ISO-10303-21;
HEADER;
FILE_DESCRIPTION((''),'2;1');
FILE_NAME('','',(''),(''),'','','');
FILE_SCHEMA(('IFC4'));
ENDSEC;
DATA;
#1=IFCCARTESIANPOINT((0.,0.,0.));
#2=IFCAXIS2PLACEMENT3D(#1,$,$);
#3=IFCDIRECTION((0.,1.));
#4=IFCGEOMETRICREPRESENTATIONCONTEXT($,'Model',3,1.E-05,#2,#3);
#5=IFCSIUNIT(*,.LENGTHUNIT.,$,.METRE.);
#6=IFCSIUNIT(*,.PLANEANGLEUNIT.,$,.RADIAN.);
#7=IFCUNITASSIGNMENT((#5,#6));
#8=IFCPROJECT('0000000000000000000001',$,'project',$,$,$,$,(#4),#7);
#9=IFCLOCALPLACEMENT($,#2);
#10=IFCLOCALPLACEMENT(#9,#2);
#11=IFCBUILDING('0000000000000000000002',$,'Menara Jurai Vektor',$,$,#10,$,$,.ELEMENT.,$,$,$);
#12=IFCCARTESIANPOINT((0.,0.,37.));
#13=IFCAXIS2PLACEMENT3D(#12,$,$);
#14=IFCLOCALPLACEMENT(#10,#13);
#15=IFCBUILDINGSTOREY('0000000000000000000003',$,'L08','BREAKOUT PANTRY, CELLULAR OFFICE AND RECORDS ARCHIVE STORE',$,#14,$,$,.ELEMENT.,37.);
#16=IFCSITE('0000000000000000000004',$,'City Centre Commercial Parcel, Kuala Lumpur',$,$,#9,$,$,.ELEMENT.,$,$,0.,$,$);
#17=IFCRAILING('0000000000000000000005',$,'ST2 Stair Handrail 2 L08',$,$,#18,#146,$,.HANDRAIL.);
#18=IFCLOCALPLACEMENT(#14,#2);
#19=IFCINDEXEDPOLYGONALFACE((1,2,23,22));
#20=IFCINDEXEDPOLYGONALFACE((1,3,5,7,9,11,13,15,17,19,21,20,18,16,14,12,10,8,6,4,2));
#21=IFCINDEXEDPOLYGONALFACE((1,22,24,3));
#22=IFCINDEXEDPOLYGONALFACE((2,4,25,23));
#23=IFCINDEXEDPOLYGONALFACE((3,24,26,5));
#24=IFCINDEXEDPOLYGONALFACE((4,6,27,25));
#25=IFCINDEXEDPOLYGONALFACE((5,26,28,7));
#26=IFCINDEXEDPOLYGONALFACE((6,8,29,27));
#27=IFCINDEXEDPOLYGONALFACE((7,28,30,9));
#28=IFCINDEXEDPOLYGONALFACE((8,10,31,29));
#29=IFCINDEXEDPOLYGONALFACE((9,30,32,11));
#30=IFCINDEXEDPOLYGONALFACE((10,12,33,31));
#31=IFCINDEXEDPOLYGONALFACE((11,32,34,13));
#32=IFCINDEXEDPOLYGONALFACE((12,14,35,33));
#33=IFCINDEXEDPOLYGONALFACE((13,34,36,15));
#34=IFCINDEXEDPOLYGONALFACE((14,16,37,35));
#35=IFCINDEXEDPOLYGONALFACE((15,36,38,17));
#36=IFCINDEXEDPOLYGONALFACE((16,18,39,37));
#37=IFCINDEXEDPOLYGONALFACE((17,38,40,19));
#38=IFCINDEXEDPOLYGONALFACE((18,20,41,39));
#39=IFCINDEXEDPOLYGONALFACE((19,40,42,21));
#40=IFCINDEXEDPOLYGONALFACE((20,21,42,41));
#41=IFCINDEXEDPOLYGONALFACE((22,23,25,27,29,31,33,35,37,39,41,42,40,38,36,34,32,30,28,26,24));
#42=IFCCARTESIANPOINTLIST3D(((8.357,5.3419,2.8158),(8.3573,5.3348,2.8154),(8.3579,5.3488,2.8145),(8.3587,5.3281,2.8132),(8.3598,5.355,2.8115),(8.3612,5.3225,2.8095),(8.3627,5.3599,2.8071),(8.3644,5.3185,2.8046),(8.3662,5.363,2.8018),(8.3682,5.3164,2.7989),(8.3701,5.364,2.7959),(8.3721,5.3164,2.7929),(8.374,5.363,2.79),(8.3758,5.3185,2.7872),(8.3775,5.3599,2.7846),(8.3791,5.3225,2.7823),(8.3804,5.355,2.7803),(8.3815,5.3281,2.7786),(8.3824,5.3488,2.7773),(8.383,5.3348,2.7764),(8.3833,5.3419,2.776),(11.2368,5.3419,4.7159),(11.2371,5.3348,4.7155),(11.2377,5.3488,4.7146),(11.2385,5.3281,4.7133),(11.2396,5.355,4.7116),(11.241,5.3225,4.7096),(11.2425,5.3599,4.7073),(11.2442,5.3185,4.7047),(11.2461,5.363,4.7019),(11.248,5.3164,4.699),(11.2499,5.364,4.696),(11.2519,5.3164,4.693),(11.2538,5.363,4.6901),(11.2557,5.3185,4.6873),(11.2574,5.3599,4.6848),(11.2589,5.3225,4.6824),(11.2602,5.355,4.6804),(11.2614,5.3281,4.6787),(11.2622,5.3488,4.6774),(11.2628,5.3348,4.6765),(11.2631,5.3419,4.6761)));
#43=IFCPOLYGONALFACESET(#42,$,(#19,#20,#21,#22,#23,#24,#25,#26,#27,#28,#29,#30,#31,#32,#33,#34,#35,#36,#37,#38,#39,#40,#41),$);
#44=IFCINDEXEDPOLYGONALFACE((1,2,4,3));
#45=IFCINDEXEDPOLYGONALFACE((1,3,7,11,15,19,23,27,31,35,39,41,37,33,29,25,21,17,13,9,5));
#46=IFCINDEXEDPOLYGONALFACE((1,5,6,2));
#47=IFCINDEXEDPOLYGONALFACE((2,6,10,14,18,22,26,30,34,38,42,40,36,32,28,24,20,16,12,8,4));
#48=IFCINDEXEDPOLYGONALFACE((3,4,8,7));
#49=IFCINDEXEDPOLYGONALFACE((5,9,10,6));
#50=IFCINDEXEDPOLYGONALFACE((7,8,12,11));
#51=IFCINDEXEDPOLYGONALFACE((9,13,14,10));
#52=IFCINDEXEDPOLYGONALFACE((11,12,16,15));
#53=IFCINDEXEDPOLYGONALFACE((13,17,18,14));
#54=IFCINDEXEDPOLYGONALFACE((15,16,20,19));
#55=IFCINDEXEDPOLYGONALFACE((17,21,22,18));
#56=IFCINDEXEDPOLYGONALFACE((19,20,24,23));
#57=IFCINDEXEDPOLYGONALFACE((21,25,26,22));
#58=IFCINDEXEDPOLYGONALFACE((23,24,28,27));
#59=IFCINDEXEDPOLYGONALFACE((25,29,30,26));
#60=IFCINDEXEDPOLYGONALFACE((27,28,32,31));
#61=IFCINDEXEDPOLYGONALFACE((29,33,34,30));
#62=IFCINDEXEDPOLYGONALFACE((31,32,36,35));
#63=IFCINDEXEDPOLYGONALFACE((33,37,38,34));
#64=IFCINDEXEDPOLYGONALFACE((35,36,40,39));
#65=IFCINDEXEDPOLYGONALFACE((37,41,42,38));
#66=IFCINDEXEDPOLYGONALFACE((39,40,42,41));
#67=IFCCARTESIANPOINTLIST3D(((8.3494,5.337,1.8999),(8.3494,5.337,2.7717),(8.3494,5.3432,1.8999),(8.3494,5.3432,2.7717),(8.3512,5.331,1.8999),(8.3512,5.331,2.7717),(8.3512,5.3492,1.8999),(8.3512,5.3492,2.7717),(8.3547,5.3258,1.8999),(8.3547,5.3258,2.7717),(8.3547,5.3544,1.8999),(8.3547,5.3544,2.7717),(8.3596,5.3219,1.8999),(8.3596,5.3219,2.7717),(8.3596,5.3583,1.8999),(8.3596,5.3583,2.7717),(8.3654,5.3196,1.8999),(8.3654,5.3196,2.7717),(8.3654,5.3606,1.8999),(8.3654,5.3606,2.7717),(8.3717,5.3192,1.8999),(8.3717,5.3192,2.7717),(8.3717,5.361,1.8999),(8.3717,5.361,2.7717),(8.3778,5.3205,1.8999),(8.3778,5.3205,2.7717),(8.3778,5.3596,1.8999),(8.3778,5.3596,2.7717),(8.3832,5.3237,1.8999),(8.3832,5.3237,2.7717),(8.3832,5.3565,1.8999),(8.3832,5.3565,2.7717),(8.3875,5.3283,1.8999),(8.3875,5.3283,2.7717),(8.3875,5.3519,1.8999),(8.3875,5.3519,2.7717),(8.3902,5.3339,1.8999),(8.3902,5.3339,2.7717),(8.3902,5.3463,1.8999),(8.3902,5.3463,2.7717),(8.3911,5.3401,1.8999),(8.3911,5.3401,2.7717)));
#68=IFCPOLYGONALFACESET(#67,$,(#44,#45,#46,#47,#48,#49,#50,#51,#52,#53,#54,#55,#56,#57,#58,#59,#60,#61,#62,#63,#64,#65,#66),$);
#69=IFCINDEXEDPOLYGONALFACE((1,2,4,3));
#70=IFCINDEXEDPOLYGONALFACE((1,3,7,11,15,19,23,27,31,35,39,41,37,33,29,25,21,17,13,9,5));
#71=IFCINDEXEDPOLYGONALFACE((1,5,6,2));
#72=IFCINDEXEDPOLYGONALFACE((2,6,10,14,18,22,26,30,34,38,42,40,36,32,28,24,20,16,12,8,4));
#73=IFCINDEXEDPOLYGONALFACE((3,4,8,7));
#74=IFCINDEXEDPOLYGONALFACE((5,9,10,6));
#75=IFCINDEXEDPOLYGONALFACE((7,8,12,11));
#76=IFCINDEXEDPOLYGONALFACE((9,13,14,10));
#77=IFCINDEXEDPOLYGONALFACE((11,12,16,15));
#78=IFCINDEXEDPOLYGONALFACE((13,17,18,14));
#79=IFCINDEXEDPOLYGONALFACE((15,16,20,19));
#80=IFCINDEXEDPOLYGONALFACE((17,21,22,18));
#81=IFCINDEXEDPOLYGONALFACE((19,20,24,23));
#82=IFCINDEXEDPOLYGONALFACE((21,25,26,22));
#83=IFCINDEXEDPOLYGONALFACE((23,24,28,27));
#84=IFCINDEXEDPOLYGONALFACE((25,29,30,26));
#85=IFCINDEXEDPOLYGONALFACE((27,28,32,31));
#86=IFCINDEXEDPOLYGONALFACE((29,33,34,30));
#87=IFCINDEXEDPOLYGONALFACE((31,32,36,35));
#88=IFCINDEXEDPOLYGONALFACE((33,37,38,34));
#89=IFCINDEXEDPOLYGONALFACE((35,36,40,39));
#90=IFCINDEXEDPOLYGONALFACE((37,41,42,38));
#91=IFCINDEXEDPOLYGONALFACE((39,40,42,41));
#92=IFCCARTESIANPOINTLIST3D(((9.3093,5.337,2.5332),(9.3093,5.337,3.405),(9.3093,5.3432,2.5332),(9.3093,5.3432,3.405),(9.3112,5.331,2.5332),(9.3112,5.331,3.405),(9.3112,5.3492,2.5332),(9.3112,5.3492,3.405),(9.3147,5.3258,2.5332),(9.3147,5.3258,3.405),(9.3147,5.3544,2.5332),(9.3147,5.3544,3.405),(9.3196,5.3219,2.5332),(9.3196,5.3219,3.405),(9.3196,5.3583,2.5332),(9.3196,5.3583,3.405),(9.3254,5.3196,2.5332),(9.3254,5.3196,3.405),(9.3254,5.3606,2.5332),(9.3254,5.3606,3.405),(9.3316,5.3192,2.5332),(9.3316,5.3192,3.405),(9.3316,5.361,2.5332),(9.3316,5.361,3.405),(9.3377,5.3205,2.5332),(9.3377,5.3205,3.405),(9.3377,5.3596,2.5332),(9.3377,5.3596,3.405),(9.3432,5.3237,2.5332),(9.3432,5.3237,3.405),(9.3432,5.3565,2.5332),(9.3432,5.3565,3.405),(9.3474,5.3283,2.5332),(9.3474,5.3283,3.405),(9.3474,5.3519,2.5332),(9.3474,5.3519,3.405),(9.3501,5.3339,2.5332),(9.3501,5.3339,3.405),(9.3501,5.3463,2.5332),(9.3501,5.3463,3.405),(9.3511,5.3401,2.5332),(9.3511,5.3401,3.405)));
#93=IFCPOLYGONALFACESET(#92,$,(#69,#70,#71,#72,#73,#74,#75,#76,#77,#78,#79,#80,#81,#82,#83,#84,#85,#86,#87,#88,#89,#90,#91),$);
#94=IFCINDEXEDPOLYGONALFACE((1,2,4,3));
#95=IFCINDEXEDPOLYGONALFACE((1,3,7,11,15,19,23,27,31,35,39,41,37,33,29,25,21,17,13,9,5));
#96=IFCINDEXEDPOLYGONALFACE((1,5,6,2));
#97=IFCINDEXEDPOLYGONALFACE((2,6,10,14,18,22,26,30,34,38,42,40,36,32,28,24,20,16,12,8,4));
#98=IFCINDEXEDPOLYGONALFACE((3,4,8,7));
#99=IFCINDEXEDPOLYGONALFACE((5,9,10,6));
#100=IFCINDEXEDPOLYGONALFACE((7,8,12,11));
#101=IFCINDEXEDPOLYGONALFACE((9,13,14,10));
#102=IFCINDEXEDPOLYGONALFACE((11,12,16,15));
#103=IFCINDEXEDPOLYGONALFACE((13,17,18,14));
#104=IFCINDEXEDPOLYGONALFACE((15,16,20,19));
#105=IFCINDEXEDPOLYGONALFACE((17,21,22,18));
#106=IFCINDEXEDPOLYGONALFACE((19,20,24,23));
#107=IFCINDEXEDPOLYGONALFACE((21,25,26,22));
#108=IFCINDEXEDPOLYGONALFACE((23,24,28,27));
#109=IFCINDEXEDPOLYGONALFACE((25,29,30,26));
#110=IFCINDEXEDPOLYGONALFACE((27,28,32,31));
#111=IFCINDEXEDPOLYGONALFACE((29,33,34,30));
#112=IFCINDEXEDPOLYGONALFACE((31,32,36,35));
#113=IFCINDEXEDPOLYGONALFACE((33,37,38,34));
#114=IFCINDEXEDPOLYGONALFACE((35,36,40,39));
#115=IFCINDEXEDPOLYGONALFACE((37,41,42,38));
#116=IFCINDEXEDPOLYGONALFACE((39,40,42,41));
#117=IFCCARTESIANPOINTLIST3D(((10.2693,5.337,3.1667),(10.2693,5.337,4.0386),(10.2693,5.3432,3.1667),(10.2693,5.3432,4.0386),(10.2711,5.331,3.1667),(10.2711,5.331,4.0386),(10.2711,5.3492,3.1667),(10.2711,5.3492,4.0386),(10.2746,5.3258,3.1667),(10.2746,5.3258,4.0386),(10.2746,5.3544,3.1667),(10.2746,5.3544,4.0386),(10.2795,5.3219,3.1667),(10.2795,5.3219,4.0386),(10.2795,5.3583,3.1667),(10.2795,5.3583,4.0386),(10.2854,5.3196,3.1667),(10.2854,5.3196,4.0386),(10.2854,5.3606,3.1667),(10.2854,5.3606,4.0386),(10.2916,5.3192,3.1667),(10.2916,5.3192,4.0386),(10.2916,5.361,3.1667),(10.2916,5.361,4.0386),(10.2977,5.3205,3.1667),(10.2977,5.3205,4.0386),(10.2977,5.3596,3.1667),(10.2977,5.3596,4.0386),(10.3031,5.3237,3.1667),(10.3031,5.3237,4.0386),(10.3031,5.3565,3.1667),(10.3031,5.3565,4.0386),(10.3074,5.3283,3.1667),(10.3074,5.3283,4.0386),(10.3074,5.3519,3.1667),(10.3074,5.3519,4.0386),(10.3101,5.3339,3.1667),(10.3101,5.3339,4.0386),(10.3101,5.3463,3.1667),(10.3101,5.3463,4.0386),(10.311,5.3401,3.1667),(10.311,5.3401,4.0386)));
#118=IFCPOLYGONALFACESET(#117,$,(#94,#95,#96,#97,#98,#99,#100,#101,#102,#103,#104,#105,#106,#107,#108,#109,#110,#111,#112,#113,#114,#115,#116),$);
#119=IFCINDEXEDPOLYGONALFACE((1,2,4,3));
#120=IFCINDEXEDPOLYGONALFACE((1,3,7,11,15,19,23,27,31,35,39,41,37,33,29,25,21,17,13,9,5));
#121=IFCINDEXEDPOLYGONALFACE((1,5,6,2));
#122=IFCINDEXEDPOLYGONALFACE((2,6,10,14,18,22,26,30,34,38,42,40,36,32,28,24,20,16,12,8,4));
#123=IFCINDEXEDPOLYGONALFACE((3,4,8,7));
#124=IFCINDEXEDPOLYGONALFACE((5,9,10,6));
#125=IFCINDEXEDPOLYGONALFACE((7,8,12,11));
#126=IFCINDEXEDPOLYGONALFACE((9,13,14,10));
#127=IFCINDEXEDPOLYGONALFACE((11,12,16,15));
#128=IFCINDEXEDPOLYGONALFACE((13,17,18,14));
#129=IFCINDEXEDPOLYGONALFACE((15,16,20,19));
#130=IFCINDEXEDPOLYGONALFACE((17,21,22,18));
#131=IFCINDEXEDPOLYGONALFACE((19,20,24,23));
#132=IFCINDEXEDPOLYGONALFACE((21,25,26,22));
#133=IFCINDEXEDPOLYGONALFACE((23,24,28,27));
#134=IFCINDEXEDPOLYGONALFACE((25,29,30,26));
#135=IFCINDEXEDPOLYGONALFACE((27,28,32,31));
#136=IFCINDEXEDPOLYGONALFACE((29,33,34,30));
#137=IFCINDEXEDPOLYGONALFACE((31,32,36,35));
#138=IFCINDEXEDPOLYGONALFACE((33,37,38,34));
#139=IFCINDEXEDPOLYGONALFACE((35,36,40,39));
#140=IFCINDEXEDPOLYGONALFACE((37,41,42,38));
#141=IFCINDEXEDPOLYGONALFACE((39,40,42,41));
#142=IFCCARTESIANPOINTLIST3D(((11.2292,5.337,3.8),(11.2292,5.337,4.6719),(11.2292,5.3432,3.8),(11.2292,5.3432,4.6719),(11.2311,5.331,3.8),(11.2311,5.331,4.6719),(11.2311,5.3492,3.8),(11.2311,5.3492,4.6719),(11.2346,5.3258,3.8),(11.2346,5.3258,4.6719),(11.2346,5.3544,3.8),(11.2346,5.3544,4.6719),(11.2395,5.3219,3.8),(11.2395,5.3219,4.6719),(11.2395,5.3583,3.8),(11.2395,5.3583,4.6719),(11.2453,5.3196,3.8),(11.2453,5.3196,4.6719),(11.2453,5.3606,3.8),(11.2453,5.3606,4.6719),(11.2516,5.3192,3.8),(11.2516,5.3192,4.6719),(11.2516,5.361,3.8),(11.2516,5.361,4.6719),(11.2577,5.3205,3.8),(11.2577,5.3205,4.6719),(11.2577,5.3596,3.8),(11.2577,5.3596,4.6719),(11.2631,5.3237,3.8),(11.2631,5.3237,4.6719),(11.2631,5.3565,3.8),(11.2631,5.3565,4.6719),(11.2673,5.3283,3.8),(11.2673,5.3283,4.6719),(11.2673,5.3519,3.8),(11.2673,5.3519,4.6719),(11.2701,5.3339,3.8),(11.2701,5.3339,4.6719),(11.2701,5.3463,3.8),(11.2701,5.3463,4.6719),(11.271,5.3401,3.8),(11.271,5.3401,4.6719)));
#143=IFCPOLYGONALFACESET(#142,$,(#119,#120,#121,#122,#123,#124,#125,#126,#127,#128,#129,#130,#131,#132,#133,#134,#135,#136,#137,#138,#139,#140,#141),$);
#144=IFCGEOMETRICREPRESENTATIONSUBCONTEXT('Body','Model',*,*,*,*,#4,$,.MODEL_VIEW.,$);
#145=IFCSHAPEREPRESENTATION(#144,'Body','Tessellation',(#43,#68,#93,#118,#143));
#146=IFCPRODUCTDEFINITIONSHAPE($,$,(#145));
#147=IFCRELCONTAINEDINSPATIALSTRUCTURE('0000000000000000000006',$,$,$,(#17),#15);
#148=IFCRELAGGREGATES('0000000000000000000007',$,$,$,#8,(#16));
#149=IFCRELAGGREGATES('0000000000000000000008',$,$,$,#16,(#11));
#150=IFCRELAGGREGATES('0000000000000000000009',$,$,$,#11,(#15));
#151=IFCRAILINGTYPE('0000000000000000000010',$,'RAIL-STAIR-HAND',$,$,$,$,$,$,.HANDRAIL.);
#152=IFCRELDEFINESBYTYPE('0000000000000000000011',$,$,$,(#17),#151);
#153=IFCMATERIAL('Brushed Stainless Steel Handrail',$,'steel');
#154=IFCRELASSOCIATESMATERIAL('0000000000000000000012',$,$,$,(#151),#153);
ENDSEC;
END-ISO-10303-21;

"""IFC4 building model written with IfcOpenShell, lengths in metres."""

from ifc_helpers import new_model, si_unit, direction, frame, origin, origin_2d, place, context, subcontext, project, spatial, circle, extrude, material, type_object, element, save


model = new_model("IFC4")

# Units and contexts
model_context = context("Model", 3, precision=1e-05, world=origin(), true_north=direction((0.0, 1.0)))
body_context = subcontext(model_context, "Body", "Model", "MODEL_VIEW")
ifc_project = project(units=[si_unit("LENGTHUNIT", "METRE"), si_unit("PLANEANGLEUNIT", "RADIAN")], contexts=[model_context])

# Site, building, storey
site_placement = place(None, origin())
site = spatial("IfcSite", under=ifc_project, at=site_placement, Name="City Centre Commercial Parcel, Kuala Lumpur", CompositionType="ELEMENT", RefElevation=0.0)
building_placement = place(site_placement, origin())
building = spatial("IfcBuilding", under=site, at=building_placement, Name="Menara Jurai Vektor", CompositionType="ELEMENT")
storey_placement = place(building_placement, frame((0.0, 0.0, 37.0)))
storey = spatial("IfcBuildingStorey", under=building, at=storey_placement, Name="L08", Description="BREAKOUT PANTRY, CELLULAR OFFICE AND RECORDS ARCHIVE STORE", CompositionType="ELEMENT", Elevation=37.0)

# Railing
ifc_material_1 = material(Name="Brushed Stainless Steel Handrail", Category="steel")
railing_type_1 = type_object("IfcRailingType", Name="RAIL-STAIR-HAND", PredefinedType="HANDRAIL", material=ifc_material_1)
railing_1_placement = place(storey_placement, frame((8.3701, 5.3401, 1.8999)))
element("IfcRailing", 1, at=railing_1_placement, inside=storey, type_object=railing_type_1, Name="ST2 Stair Handrail 2 L08", PredefinedType="HANDRAIL", context=body_context, shape_type="SweptSolid", body=[
    extrude(circle(Radius=0.0239, at=origin_2d()), frame((0.0, 0.0, 0.896), z_axis=(0.834686, 0.0, 0.550726), x_axis=(0.0, 1.0, 0.0)), (0.0, 0.0, 1.0), 3.4502),
    extrude(circle(Radius=0.021, at=origin_2d()), origin(), (0.0, 0.0, 1.0), 0.8718),
    extrude(circle(Radius=0.021, at=origin_2d()), frame((0.96, 0.0, 0.6333)), (0.0, 0.0, 1.0), 0.8718),
    extrude(circle(Radius=0.021, at=origin_2d()), frame((1.9199, 0.0, 1.2668)), (0.0, 0.0, 1.0), 0.8718),
    extrude(circle(Radius=0.021, at=origin_2d()), frame((2.8799, 0.0, 1.9001)), (0.0, 0.0, 1.0), 0.8718),
])

save(model, "model.ifc")
